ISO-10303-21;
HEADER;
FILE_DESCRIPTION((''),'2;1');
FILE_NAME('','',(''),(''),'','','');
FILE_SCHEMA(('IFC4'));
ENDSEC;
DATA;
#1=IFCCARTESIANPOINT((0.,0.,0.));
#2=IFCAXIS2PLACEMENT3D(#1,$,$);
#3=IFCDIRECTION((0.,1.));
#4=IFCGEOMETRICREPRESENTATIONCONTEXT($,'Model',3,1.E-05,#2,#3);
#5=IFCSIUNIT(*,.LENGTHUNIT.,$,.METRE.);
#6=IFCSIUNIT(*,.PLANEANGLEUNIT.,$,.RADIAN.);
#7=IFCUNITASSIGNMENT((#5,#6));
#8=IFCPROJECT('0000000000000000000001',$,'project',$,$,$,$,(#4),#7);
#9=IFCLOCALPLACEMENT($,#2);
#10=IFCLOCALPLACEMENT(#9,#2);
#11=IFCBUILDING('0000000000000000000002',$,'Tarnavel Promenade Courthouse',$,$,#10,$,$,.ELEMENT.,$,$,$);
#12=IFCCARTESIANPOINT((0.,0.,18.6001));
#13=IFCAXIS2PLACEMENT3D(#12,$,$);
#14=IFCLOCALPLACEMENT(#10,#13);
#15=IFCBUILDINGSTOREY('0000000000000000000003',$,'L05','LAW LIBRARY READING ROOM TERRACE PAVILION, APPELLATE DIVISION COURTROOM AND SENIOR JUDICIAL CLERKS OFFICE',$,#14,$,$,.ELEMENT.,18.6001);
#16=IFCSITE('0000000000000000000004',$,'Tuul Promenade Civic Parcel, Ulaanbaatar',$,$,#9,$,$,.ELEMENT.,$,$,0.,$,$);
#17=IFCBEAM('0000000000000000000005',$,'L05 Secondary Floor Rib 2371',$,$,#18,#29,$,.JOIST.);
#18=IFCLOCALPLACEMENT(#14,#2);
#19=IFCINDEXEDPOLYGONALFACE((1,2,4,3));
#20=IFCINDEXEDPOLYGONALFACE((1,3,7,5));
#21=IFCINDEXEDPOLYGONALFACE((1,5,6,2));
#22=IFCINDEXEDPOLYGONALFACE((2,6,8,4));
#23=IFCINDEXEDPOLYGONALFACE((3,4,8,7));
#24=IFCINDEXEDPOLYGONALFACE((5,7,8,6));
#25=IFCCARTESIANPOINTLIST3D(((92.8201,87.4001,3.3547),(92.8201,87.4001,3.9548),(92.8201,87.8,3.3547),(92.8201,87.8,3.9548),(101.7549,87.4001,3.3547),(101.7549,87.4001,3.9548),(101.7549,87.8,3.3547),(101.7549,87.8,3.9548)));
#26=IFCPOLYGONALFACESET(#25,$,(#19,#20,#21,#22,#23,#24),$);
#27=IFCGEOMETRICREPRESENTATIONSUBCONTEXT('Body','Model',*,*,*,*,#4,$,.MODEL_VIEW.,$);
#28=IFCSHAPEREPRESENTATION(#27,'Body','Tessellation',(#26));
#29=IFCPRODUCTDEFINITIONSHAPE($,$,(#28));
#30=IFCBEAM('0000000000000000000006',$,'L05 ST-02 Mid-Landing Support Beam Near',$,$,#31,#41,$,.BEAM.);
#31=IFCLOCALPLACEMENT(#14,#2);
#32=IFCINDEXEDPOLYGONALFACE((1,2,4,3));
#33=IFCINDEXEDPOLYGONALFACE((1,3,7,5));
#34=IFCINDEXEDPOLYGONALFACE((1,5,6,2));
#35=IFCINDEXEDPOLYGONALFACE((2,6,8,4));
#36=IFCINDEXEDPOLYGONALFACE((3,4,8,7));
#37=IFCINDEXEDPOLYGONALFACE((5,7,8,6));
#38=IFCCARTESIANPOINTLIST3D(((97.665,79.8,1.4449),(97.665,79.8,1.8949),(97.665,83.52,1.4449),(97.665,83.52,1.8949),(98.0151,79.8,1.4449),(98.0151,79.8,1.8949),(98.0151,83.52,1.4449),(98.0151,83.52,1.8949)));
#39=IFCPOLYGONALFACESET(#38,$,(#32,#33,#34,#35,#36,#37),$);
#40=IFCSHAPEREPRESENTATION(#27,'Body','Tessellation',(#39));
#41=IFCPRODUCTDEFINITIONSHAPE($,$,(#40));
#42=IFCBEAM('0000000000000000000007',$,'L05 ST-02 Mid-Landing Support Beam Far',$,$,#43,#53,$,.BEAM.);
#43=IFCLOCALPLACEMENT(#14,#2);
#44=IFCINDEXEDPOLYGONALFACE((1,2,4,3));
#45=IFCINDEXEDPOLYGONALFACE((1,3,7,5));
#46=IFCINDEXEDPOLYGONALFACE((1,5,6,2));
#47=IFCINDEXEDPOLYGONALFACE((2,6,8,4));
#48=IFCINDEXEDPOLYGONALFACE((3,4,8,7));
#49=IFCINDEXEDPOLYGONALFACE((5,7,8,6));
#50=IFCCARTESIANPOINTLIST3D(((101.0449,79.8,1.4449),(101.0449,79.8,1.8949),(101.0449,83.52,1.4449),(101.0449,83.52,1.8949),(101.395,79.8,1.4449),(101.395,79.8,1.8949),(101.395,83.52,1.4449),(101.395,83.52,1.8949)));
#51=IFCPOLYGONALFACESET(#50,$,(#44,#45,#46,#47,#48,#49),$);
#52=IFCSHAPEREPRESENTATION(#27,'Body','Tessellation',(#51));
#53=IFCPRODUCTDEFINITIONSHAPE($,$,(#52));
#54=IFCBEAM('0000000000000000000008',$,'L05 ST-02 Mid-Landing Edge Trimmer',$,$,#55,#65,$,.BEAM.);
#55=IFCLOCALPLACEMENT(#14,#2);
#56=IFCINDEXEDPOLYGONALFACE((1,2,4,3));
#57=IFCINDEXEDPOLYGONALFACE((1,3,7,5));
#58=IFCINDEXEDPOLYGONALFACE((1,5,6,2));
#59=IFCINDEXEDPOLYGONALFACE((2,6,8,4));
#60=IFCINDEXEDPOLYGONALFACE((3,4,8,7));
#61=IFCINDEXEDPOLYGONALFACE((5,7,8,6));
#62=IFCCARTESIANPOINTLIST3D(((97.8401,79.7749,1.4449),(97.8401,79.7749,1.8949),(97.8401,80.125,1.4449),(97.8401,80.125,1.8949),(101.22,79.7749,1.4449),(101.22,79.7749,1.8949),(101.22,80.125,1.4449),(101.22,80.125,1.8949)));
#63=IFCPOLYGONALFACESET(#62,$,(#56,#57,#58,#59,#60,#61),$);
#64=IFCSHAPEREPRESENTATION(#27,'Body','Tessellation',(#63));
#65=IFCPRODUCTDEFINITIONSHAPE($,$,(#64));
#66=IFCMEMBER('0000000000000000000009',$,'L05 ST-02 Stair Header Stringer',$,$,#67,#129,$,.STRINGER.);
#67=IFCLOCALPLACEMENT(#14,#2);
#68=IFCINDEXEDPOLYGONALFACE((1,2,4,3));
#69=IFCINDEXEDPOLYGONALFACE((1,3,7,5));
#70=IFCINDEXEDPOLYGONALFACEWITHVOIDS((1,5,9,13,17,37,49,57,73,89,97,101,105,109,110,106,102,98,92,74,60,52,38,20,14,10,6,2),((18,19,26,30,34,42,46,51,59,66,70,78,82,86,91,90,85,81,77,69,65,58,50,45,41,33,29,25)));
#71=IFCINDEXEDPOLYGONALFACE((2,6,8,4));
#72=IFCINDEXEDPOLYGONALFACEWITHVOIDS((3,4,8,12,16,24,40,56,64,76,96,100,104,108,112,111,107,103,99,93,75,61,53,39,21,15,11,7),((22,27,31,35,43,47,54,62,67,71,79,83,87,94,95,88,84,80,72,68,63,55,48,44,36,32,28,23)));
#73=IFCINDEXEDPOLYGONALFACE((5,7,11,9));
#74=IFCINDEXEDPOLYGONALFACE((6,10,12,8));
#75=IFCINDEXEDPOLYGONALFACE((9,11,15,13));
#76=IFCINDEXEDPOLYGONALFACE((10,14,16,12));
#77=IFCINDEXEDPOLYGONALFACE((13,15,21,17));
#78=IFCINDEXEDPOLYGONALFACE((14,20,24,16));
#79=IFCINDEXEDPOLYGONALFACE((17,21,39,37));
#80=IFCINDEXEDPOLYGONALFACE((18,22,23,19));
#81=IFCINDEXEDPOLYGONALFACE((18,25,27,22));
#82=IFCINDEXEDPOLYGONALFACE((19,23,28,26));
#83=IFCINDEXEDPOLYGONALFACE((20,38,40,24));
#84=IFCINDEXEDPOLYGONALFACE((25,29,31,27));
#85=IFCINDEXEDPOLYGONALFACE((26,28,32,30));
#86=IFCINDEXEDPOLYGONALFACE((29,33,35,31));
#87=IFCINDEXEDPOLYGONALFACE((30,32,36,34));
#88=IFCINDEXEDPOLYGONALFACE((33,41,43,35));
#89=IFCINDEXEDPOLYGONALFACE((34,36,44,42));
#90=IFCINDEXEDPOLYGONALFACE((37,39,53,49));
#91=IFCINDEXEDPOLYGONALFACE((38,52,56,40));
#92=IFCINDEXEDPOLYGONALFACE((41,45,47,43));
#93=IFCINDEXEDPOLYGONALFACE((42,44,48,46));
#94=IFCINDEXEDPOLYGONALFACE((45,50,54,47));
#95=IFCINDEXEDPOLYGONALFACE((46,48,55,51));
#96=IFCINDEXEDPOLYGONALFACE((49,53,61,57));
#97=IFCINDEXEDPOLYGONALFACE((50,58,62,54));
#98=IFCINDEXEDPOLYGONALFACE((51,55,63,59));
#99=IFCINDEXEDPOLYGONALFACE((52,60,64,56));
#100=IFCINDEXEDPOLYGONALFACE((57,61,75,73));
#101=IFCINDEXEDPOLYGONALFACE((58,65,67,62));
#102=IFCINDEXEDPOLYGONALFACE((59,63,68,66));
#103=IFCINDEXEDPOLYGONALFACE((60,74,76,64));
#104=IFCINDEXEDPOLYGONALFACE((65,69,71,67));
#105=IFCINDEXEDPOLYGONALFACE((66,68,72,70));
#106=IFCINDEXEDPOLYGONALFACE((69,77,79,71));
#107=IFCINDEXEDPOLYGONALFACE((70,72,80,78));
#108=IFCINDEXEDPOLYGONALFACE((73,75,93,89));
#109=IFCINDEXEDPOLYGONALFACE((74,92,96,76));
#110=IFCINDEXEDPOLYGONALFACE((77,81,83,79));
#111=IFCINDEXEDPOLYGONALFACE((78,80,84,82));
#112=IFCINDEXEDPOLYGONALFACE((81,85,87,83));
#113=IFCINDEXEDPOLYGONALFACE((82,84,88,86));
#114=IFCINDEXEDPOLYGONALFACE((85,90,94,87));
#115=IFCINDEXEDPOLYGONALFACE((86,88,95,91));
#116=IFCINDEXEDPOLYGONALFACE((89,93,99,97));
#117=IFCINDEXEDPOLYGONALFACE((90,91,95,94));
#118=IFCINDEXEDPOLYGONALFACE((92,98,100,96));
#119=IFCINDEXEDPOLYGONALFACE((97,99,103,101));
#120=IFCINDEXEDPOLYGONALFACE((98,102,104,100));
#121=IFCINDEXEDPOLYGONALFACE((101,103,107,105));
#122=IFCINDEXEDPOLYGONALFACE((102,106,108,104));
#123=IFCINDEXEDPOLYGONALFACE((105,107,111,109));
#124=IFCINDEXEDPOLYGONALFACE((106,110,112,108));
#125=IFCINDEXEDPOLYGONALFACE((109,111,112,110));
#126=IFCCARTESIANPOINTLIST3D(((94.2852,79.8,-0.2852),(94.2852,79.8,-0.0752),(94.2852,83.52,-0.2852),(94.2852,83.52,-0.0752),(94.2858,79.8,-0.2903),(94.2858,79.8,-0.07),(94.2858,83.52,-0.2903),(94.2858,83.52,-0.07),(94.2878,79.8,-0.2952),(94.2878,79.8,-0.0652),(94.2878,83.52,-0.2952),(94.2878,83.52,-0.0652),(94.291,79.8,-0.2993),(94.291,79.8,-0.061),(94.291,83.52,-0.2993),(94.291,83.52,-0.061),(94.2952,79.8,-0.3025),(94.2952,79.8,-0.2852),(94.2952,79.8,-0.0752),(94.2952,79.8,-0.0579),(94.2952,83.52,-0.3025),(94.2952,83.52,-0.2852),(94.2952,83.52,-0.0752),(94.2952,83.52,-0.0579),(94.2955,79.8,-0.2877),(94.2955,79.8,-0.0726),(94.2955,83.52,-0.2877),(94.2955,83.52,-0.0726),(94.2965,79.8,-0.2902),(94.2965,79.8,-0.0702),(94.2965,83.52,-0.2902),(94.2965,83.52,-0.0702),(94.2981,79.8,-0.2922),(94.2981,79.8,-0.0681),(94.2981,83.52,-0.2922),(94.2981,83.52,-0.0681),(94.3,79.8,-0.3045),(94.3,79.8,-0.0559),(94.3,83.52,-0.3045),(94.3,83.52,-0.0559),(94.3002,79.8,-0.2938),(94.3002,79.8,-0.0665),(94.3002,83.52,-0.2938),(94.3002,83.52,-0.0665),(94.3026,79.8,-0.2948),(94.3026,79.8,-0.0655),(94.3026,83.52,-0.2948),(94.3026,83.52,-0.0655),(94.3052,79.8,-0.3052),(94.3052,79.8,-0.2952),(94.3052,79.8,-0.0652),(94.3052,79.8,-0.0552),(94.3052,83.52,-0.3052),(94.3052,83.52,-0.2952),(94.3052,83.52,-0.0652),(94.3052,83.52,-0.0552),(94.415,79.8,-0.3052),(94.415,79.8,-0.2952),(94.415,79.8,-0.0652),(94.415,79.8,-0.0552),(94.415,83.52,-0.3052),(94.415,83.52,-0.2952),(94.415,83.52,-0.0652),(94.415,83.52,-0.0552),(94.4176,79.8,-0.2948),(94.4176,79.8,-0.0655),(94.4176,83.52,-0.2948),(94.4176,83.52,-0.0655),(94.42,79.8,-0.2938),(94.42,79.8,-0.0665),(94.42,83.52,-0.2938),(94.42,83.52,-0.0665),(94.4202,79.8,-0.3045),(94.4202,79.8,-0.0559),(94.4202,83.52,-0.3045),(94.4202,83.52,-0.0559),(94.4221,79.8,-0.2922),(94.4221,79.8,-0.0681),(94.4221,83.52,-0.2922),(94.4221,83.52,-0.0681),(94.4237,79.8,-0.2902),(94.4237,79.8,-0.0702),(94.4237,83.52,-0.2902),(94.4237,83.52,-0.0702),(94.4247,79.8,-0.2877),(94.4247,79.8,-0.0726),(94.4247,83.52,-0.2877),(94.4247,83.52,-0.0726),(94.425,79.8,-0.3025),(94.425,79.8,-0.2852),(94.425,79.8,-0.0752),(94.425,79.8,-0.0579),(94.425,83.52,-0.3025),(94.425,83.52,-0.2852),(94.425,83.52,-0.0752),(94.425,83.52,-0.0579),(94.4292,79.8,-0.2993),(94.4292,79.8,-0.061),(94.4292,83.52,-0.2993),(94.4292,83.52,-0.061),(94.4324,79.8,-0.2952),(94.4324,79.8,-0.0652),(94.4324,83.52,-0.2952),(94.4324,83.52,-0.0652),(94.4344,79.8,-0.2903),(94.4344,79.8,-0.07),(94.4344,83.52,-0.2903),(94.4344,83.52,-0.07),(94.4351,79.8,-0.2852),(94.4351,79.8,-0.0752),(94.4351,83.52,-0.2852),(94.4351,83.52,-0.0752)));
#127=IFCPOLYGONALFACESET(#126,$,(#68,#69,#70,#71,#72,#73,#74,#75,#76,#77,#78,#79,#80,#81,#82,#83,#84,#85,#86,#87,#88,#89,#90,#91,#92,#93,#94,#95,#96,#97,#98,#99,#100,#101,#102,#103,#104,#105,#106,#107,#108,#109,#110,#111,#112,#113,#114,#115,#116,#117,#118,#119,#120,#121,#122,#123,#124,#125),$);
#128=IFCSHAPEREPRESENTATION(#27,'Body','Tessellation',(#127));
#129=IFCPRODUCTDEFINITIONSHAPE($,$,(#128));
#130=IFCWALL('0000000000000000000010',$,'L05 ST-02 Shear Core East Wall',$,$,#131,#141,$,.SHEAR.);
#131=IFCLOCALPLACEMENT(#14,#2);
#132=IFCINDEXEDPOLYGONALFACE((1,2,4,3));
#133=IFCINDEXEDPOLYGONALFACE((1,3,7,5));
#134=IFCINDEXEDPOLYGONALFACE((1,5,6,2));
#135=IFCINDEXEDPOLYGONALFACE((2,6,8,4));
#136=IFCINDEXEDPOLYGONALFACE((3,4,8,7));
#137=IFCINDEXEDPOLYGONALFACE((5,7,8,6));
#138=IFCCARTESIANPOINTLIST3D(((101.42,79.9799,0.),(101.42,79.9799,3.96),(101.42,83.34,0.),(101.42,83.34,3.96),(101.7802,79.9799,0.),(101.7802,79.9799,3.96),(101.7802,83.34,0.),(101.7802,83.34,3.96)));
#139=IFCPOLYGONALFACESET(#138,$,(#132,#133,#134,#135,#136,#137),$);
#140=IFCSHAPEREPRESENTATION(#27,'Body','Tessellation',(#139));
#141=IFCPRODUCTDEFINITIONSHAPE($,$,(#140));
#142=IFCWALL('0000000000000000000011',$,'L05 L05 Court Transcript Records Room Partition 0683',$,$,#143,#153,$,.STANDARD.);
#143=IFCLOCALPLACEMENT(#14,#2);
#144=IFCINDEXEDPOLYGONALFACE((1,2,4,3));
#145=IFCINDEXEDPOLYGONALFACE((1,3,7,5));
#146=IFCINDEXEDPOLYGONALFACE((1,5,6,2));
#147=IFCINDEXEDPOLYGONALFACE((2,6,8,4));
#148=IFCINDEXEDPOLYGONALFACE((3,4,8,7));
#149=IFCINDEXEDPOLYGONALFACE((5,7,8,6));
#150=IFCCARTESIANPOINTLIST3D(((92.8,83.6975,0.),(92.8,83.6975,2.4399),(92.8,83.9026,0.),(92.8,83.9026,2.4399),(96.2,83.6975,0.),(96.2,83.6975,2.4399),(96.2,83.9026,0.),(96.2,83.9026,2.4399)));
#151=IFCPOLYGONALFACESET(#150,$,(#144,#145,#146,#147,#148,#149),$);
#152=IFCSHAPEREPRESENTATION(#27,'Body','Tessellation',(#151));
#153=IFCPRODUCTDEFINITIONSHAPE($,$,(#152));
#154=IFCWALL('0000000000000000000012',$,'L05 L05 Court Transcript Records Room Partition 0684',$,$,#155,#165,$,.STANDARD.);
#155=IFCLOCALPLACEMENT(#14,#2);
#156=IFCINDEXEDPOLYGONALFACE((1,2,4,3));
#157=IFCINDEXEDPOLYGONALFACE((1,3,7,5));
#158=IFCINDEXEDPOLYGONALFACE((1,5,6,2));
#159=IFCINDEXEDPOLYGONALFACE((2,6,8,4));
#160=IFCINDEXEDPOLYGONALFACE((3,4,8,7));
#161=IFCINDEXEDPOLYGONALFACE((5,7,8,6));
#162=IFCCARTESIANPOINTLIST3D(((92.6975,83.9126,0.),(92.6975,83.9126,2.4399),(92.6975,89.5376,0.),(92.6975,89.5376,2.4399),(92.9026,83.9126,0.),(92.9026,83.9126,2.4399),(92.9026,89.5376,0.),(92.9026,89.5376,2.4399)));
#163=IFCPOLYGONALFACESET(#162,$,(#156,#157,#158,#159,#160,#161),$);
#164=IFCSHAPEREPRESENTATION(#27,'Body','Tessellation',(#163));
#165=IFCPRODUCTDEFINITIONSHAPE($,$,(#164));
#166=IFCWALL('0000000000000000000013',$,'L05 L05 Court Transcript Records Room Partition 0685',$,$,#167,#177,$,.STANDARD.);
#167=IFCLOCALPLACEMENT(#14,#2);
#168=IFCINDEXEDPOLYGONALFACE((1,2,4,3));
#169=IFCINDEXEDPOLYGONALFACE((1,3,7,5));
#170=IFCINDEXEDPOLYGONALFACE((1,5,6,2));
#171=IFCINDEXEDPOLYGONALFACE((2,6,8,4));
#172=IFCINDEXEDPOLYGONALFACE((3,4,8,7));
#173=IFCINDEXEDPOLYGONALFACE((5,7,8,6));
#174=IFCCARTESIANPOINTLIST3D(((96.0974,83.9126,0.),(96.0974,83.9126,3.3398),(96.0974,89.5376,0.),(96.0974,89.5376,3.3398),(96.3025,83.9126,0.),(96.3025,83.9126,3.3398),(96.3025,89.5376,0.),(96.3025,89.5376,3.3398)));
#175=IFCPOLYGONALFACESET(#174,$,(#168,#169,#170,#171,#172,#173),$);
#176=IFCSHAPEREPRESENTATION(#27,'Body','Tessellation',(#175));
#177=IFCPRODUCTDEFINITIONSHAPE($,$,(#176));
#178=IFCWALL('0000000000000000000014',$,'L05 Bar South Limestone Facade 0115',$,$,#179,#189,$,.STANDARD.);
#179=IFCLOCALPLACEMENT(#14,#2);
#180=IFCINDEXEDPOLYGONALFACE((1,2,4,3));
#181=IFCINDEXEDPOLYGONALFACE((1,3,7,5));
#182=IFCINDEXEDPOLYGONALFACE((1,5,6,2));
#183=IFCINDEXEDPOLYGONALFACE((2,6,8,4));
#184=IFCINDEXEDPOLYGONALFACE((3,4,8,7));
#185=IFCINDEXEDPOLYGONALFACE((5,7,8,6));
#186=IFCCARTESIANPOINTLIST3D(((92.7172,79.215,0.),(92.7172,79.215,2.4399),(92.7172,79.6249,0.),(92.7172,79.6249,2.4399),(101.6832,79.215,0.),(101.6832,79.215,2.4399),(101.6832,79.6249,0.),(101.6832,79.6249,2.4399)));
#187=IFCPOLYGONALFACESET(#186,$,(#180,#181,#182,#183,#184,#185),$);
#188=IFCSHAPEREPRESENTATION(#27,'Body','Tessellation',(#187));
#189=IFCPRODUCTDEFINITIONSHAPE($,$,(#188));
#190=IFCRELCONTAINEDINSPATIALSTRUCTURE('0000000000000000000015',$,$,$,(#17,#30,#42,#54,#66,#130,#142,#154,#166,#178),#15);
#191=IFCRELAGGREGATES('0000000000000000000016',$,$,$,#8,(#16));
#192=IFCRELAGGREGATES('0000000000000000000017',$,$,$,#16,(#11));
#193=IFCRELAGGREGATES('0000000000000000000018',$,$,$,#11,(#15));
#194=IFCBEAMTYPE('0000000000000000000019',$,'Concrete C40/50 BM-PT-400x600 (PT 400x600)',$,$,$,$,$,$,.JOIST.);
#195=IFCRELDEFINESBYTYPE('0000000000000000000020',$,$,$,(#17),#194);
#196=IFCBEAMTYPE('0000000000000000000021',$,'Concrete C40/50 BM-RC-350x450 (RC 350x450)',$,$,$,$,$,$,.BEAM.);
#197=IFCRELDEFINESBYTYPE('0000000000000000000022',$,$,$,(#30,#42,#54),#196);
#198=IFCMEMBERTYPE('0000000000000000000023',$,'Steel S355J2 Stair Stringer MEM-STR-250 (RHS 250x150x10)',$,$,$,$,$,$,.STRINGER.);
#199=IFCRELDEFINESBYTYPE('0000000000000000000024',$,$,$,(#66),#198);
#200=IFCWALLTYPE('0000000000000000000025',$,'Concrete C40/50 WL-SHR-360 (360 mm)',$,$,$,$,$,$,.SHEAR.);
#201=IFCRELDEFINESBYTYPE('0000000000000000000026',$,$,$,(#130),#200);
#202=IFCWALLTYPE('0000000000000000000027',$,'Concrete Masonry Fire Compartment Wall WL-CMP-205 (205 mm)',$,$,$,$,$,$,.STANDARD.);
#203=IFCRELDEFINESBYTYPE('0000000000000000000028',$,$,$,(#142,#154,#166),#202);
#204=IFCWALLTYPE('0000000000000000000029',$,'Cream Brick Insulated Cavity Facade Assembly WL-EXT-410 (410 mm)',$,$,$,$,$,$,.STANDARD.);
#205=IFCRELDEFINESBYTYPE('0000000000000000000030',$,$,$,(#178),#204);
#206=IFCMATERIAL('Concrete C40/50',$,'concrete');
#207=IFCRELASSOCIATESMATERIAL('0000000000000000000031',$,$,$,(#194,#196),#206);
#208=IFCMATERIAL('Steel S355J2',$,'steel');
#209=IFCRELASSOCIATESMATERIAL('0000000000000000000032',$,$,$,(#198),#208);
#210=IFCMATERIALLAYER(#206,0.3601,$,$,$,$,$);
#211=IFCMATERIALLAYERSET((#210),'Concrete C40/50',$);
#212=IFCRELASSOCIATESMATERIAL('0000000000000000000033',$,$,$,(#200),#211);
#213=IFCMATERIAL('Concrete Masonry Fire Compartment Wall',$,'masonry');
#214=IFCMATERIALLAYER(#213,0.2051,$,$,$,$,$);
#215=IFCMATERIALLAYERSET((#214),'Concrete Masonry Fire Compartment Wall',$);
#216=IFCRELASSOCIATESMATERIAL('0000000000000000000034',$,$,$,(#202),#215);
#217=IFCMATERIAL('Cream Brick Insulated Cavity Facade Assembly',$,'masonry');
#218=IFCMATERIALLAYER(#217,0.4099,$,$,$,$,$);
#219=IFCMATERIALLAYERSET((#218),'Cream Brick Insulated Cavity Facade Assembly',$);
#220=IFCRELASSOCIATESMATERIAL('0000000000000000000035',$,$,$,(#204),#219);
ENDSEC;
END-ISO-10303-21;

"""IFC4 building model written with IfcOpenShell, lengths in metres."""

from ifc_helpers import new_model, si_unit, direction, frame, frame_2d, origin, origin_2d, place, context, subcontext, project, spatial, rectangle, hollow_rectangle, extrude, material, layer, layer_set, material_profile, profile_set, type_object, element, save


model = new_model("IFC4")

# Units and contexts
model_context = context("Model", 3, precision=1e-05, world=origin(), true_north=direction((0.0, 1.0)))
body_context = subcontext(model_context, "Body", "Model", "MODEL_VIEW")
ifc_project = project(units=[si_unit("LENGTHUNIT", "METRE"), si_unit("PLANEANGLEUNIT", "RADIAN")], contexts=[model_context])

# Site, building, storey
site_placement = place(None, origin())
site = spatial("IfcSite", under=ifc_project, at=site_placement, Name="Tuul Promenade Civic Parcel, Ulaanbaatar", CompositionType="ELEMENT", RefElevation=0.0)
building_placement = place(site_placement, origin())
building = spatial("IfcBuilding", under=site, at=building_placement, Name="Tarnavel Promenade Courthouse", CompositionType="ELEMENT")
storey_placement = place(building_placement, frame((0.0, 0.0, 18.6001)))
storey = spatial("IfcBuildingStorey", under=building, at=storey_placement, Name="L05", Description="LAW LIBRARY READING ROOM TERRACE PAVILION, APPELLATE DIVISION COURTROOM AND SENIOR JUDICIAL CLERKS OFFICE", CompositionType="ELEMENT", Elevation=18.6001)

# Beams
ifc_material_1 = material(Name="Concrete C40/50", Category="concrete")
ifc_material_profile_1 = material_profile(ifc_material_1, rectangle(XDim=0.3999, YDim=0.6001, at=origin_2d()), Name="PT 400x600")
ifc_profile_set_1 = profile_set([ifc_material_profile_1], Name="Concrete C40/50")
beam_type_1 = type_object("IfcBeamType", Name="Concrete C40/50 BM-PT-400x600 (PT 400x600)", PredefinedType="JOIST", material=ifc_profile_set_1)
beam_1_placement = place(storey_placement, frame((92.8201, 87.6001, 3.6548), z_axis=(1.0, 0.0, 0.0), x_axis=(0.0, 1.0, 0.0)))
element("IfcBeam", 1, at=beam_1_placement, inside=storey, type_object=beam_type_1, Name="L05 Secondary Floor Rib 2371", PredefinedType="JOIST", context=body_context, shape_type="SweptSolid", body=[
    extrude(rectangle(XDim=0.3999, YDim=0.6001, at=origin_2d()), origin(), (0.0, 0.0, 1.0), 8.9348),
])
ifc_material_profile_2 = material_profile(ifc_material_1, rectangle(XDim=0.3501, YDim=0.45, at=origin_2d()), Name="RC 350x450")
ifc_profile_set_2 = profile_set([ifc_material_profile_2], Name="Concrete C40/50")
beam_type_2 = type_object("IfcBeamType", Name="Concrete C40/50 BM-RC-350x450 (RC 350x450)", PredefinedType="BEAM", material=ifc_profile_set_2)
for number, where, z_axis, x_axis, name in (
    (2, (97.8401, 79.8, 1.6699), (0.0, 1.0, 0.0), (-1.0, 0.0, 0.0), "L05 ST-02 Mid-Landing Support Beam Near"),
    (3, (101.22, 79.8, 1.6699), (0.0, 1.0, 0.0), (-1.0, 0.0, 0.0), "L05 ST-02 Mid-Landing Support Beam Far"),
):
    element("IfcBeam", number, at=place(storey_placement, frame(where, z_axis=z_axis, x_axis=x_axis)), inside=storey, type_object=beam_type_2, Name=name, PredefinedType="BEAM", context=body_context, shape_type="SweptSolid", body=[
        extrude(rectangle(XDim=0.3501, YDim=0.45, at=origin_2d()), origin(), (0.0, 0.0, 1.0), 3.72),
    ])
beam_2_placement = place(storey_placement, frame((97.8401, 79.95, 1.6699), z_axis=(1.0, 0.0, 0.0), x_axis=(0.0, 1.0, 0.0)))
element("IfcBeam", 4, at=beam_2_placement, inside=storey, type_object=beam_type_2, Name="L05 ST-02 Mid-Landing Edge Trimmer", PredefinedType="BEAM", context=body_context, shape_type="SweptSolid", body=[
    extrude(rectangle(XDim=0.3501, YDim=0.45, at=origin_2d()), origin(), (0.0, 0.0, 1.0), 3.3799),
])

# Member
ifc_material_2 = material(Name="Steel S355J2", Category="steel")
ifc_material_profile_3 = material_profile(ifc_material_2, hollow_rectangle(XDim=0.1499, YDim=0.25, WallThickness=0.01, InnerFilletRadius=0.01, OuterFilletRadius=0.02, at=origin_2d()), Name="RHS 250x150x10")
ifc_profile_set_3 = profile_set([ifc_material_profile_3], Name="Steel S355J2")
member_type = type_object("IfcMemberType", Name="Steel S355J2 Stair Stringer MEM-STR-250 (RHS 250x150x10)", PredefinedType="STRINGER", material=ifc_profile_set_3)
member_placement = place(storey_placement, frame((94.3601, 79.8, -0.1802), z_axis=(0.0, 1.0, 0.0), x_axis=(-1.0, 0.0, 0.0)))
element("IfcMember", 5, at=member_placement, inside=storey, type_object=member_type, Name="L05 ST-02 Stair Header Stringer", PredefinedType="STRINGER", context=body_context, shape_type="SweptSolid", body=[
    extrude(hollow_rectangle(XDim=0.1499, YDim=0.25, WallThickness=0.01, InnerFilletRadius=0.01, OuterFilletRadius=0.02, at=origin_2d()), origin(), (0.0, 0.0, 1.0), 3.72),
])

# Walls
ifc_layer_1 = layer(ifc_material_1, 0.3601)
ifc_layer_set_1 = layer_set([ifc_layer_1], Name="Concrete C40/50")
wall_type_1 = type_object("IfcWallType", Name="Concrete C40/50 WL-SHR-360 (360 mm)", PredefinedType="SHEAR", material=ifc_layer_set_1)
wall_1_placement = place(storey_placement, frame((101.6001, 83.3401, 0.0), z_axis=(0.0, 0.0, 1.0), x_axis=(0.0, -1.0, 0.0)))
element("IfcWall", 6, at=wall_1_placement, inside=storey, type_object=wall_type_1, Name="L05 ST-02 Shear Core East Wall", PredefinedType="SHEAR", context=body_context, shape_type="SweptSolid", body=[
    extrude(rectangle(XDim=3.3601, YDim=0.3601, at=frame_2d((1.6802, 0.0))), origin(), (0.0, 0.0, 1.0), 3.96),
])
ifc_material_3 = material(Name="Concrete Masonry Fire Compartment Wall", Category="masonry")
ifc_layer_2 = layer(ifc_material_3, 0.2051)
ifc_layer_set_2 = layer_set([ifc_layer_2], Name="Concrete Masonry Fire Compartment Wall")
wall_type_2 = type_object("IfcWallType", Name="Concrete Masonry Fire Compartment Wall WL-CMP-205 (205 mm)", PredefinedType="STANDARD", material=ifc_layer_set_2)
wall_2_placement = place(storey_placement, frame((96.2, 83.8, 0.0), z_axis=(0.0, 0.0, 1.0), x_axis=(-1.0, 0.0, 0.0)))
element("IfcWall", 7, at=wall_2_placement, inside=storey, type_object=wall_type_2, Name="L05 L05 Court Transcript Records Room Partition 0683", PredefinedType="STANDARD", context=body_context, shape_type="SweptSolid", body=[
    extrude(rectangle(XDim=3.3999, YDim=0.2051, at=frame_2d((1.7, 0.0))), origin(), (0.0, 0.0, 1.0), 2.4399),
])
wall_3_placement = place(storey_placement, frame((92.8, 83.9126, 0.0), z_axis=(0.0, 0.0, 1.0), x_axis=(0.0, 1.0, 0.0)))
element("IfcWall", 8, at=wall_3_placement, inside=storey, type_object=wall_type_2, Name="L05 L05 Court Transcript Records Room Partition 0684", PredefinedType="STANDARD", context=body_context, shape_type="SweptSolid", body=[
    extrude(rectangle(XDim=5.625, YDim=0.2051, at=frame_2d((2.8125, 0.0))), origin(), (0.0, 0.0, 1.0), 2.4399),
])
wall_4_placement = place(storey_placement, frame((96.2, 89.5376, 0.0), z_axis=(0.0, 0.0, 1.0), x_axis=(0.0, -1.0, 0.0)))
element("IfcWall", 9, at=wall_4_placement, inside=storey, type_object=wall_type_2, Name="L05 L05 Court Transcript Records Room Partition 0685", PredefinedType="STANDARD", context=body_context, shape_type="SweptSolid", body=[
    extrude(rectangle(XDim=5.625, YDim=0.2051, at=frame_2d((2.8125, 0.0))), origin(), (0.0, 0.0, 1.0), 3.3398),
])
ifc_material_4 = material(Name="Cream Brick Insulated Cavity Facade Assembly", Category="masonry")
ifc_layer_3 = layer(ifc_material_4, 0.4099)
ifc_layer_set_3 = layer_set([ifc_layer_3], Name="Cream Brick Insulated Cavity Facade Assembly")
wall_type_3 = type_object("IfcWallType", Name="Cream Brick Insulated Cavity Facade Assembly WL-EXT-410 (410 mm)", PredefinedType="STANDARD", material=ifc_layer_set_3)
wall_5_placement = place(storey_placement, frame((101.6831, 79.4199, 0.0), z_axis=(0.0, 0.0, 1.0), x_axis=(-1.0, 0.0, 0.0)))
element("IfcWall", 10, at=wall_5_placement, inside=storey, type_object=wall_type_3, Name="L05 Bar South Limestone Facade 0115", PredefinedType="STANDARD", context=body_context, shape_type="SweptSolid", body=[
    extrude(rectangle(XDim=8.9661, YDim=0.4099, at=frame_2d((4.4829, 0.0))), origin(), (0.0, 0.0, 1.0), 2.4399),
])

save(model, "model.ifc")
